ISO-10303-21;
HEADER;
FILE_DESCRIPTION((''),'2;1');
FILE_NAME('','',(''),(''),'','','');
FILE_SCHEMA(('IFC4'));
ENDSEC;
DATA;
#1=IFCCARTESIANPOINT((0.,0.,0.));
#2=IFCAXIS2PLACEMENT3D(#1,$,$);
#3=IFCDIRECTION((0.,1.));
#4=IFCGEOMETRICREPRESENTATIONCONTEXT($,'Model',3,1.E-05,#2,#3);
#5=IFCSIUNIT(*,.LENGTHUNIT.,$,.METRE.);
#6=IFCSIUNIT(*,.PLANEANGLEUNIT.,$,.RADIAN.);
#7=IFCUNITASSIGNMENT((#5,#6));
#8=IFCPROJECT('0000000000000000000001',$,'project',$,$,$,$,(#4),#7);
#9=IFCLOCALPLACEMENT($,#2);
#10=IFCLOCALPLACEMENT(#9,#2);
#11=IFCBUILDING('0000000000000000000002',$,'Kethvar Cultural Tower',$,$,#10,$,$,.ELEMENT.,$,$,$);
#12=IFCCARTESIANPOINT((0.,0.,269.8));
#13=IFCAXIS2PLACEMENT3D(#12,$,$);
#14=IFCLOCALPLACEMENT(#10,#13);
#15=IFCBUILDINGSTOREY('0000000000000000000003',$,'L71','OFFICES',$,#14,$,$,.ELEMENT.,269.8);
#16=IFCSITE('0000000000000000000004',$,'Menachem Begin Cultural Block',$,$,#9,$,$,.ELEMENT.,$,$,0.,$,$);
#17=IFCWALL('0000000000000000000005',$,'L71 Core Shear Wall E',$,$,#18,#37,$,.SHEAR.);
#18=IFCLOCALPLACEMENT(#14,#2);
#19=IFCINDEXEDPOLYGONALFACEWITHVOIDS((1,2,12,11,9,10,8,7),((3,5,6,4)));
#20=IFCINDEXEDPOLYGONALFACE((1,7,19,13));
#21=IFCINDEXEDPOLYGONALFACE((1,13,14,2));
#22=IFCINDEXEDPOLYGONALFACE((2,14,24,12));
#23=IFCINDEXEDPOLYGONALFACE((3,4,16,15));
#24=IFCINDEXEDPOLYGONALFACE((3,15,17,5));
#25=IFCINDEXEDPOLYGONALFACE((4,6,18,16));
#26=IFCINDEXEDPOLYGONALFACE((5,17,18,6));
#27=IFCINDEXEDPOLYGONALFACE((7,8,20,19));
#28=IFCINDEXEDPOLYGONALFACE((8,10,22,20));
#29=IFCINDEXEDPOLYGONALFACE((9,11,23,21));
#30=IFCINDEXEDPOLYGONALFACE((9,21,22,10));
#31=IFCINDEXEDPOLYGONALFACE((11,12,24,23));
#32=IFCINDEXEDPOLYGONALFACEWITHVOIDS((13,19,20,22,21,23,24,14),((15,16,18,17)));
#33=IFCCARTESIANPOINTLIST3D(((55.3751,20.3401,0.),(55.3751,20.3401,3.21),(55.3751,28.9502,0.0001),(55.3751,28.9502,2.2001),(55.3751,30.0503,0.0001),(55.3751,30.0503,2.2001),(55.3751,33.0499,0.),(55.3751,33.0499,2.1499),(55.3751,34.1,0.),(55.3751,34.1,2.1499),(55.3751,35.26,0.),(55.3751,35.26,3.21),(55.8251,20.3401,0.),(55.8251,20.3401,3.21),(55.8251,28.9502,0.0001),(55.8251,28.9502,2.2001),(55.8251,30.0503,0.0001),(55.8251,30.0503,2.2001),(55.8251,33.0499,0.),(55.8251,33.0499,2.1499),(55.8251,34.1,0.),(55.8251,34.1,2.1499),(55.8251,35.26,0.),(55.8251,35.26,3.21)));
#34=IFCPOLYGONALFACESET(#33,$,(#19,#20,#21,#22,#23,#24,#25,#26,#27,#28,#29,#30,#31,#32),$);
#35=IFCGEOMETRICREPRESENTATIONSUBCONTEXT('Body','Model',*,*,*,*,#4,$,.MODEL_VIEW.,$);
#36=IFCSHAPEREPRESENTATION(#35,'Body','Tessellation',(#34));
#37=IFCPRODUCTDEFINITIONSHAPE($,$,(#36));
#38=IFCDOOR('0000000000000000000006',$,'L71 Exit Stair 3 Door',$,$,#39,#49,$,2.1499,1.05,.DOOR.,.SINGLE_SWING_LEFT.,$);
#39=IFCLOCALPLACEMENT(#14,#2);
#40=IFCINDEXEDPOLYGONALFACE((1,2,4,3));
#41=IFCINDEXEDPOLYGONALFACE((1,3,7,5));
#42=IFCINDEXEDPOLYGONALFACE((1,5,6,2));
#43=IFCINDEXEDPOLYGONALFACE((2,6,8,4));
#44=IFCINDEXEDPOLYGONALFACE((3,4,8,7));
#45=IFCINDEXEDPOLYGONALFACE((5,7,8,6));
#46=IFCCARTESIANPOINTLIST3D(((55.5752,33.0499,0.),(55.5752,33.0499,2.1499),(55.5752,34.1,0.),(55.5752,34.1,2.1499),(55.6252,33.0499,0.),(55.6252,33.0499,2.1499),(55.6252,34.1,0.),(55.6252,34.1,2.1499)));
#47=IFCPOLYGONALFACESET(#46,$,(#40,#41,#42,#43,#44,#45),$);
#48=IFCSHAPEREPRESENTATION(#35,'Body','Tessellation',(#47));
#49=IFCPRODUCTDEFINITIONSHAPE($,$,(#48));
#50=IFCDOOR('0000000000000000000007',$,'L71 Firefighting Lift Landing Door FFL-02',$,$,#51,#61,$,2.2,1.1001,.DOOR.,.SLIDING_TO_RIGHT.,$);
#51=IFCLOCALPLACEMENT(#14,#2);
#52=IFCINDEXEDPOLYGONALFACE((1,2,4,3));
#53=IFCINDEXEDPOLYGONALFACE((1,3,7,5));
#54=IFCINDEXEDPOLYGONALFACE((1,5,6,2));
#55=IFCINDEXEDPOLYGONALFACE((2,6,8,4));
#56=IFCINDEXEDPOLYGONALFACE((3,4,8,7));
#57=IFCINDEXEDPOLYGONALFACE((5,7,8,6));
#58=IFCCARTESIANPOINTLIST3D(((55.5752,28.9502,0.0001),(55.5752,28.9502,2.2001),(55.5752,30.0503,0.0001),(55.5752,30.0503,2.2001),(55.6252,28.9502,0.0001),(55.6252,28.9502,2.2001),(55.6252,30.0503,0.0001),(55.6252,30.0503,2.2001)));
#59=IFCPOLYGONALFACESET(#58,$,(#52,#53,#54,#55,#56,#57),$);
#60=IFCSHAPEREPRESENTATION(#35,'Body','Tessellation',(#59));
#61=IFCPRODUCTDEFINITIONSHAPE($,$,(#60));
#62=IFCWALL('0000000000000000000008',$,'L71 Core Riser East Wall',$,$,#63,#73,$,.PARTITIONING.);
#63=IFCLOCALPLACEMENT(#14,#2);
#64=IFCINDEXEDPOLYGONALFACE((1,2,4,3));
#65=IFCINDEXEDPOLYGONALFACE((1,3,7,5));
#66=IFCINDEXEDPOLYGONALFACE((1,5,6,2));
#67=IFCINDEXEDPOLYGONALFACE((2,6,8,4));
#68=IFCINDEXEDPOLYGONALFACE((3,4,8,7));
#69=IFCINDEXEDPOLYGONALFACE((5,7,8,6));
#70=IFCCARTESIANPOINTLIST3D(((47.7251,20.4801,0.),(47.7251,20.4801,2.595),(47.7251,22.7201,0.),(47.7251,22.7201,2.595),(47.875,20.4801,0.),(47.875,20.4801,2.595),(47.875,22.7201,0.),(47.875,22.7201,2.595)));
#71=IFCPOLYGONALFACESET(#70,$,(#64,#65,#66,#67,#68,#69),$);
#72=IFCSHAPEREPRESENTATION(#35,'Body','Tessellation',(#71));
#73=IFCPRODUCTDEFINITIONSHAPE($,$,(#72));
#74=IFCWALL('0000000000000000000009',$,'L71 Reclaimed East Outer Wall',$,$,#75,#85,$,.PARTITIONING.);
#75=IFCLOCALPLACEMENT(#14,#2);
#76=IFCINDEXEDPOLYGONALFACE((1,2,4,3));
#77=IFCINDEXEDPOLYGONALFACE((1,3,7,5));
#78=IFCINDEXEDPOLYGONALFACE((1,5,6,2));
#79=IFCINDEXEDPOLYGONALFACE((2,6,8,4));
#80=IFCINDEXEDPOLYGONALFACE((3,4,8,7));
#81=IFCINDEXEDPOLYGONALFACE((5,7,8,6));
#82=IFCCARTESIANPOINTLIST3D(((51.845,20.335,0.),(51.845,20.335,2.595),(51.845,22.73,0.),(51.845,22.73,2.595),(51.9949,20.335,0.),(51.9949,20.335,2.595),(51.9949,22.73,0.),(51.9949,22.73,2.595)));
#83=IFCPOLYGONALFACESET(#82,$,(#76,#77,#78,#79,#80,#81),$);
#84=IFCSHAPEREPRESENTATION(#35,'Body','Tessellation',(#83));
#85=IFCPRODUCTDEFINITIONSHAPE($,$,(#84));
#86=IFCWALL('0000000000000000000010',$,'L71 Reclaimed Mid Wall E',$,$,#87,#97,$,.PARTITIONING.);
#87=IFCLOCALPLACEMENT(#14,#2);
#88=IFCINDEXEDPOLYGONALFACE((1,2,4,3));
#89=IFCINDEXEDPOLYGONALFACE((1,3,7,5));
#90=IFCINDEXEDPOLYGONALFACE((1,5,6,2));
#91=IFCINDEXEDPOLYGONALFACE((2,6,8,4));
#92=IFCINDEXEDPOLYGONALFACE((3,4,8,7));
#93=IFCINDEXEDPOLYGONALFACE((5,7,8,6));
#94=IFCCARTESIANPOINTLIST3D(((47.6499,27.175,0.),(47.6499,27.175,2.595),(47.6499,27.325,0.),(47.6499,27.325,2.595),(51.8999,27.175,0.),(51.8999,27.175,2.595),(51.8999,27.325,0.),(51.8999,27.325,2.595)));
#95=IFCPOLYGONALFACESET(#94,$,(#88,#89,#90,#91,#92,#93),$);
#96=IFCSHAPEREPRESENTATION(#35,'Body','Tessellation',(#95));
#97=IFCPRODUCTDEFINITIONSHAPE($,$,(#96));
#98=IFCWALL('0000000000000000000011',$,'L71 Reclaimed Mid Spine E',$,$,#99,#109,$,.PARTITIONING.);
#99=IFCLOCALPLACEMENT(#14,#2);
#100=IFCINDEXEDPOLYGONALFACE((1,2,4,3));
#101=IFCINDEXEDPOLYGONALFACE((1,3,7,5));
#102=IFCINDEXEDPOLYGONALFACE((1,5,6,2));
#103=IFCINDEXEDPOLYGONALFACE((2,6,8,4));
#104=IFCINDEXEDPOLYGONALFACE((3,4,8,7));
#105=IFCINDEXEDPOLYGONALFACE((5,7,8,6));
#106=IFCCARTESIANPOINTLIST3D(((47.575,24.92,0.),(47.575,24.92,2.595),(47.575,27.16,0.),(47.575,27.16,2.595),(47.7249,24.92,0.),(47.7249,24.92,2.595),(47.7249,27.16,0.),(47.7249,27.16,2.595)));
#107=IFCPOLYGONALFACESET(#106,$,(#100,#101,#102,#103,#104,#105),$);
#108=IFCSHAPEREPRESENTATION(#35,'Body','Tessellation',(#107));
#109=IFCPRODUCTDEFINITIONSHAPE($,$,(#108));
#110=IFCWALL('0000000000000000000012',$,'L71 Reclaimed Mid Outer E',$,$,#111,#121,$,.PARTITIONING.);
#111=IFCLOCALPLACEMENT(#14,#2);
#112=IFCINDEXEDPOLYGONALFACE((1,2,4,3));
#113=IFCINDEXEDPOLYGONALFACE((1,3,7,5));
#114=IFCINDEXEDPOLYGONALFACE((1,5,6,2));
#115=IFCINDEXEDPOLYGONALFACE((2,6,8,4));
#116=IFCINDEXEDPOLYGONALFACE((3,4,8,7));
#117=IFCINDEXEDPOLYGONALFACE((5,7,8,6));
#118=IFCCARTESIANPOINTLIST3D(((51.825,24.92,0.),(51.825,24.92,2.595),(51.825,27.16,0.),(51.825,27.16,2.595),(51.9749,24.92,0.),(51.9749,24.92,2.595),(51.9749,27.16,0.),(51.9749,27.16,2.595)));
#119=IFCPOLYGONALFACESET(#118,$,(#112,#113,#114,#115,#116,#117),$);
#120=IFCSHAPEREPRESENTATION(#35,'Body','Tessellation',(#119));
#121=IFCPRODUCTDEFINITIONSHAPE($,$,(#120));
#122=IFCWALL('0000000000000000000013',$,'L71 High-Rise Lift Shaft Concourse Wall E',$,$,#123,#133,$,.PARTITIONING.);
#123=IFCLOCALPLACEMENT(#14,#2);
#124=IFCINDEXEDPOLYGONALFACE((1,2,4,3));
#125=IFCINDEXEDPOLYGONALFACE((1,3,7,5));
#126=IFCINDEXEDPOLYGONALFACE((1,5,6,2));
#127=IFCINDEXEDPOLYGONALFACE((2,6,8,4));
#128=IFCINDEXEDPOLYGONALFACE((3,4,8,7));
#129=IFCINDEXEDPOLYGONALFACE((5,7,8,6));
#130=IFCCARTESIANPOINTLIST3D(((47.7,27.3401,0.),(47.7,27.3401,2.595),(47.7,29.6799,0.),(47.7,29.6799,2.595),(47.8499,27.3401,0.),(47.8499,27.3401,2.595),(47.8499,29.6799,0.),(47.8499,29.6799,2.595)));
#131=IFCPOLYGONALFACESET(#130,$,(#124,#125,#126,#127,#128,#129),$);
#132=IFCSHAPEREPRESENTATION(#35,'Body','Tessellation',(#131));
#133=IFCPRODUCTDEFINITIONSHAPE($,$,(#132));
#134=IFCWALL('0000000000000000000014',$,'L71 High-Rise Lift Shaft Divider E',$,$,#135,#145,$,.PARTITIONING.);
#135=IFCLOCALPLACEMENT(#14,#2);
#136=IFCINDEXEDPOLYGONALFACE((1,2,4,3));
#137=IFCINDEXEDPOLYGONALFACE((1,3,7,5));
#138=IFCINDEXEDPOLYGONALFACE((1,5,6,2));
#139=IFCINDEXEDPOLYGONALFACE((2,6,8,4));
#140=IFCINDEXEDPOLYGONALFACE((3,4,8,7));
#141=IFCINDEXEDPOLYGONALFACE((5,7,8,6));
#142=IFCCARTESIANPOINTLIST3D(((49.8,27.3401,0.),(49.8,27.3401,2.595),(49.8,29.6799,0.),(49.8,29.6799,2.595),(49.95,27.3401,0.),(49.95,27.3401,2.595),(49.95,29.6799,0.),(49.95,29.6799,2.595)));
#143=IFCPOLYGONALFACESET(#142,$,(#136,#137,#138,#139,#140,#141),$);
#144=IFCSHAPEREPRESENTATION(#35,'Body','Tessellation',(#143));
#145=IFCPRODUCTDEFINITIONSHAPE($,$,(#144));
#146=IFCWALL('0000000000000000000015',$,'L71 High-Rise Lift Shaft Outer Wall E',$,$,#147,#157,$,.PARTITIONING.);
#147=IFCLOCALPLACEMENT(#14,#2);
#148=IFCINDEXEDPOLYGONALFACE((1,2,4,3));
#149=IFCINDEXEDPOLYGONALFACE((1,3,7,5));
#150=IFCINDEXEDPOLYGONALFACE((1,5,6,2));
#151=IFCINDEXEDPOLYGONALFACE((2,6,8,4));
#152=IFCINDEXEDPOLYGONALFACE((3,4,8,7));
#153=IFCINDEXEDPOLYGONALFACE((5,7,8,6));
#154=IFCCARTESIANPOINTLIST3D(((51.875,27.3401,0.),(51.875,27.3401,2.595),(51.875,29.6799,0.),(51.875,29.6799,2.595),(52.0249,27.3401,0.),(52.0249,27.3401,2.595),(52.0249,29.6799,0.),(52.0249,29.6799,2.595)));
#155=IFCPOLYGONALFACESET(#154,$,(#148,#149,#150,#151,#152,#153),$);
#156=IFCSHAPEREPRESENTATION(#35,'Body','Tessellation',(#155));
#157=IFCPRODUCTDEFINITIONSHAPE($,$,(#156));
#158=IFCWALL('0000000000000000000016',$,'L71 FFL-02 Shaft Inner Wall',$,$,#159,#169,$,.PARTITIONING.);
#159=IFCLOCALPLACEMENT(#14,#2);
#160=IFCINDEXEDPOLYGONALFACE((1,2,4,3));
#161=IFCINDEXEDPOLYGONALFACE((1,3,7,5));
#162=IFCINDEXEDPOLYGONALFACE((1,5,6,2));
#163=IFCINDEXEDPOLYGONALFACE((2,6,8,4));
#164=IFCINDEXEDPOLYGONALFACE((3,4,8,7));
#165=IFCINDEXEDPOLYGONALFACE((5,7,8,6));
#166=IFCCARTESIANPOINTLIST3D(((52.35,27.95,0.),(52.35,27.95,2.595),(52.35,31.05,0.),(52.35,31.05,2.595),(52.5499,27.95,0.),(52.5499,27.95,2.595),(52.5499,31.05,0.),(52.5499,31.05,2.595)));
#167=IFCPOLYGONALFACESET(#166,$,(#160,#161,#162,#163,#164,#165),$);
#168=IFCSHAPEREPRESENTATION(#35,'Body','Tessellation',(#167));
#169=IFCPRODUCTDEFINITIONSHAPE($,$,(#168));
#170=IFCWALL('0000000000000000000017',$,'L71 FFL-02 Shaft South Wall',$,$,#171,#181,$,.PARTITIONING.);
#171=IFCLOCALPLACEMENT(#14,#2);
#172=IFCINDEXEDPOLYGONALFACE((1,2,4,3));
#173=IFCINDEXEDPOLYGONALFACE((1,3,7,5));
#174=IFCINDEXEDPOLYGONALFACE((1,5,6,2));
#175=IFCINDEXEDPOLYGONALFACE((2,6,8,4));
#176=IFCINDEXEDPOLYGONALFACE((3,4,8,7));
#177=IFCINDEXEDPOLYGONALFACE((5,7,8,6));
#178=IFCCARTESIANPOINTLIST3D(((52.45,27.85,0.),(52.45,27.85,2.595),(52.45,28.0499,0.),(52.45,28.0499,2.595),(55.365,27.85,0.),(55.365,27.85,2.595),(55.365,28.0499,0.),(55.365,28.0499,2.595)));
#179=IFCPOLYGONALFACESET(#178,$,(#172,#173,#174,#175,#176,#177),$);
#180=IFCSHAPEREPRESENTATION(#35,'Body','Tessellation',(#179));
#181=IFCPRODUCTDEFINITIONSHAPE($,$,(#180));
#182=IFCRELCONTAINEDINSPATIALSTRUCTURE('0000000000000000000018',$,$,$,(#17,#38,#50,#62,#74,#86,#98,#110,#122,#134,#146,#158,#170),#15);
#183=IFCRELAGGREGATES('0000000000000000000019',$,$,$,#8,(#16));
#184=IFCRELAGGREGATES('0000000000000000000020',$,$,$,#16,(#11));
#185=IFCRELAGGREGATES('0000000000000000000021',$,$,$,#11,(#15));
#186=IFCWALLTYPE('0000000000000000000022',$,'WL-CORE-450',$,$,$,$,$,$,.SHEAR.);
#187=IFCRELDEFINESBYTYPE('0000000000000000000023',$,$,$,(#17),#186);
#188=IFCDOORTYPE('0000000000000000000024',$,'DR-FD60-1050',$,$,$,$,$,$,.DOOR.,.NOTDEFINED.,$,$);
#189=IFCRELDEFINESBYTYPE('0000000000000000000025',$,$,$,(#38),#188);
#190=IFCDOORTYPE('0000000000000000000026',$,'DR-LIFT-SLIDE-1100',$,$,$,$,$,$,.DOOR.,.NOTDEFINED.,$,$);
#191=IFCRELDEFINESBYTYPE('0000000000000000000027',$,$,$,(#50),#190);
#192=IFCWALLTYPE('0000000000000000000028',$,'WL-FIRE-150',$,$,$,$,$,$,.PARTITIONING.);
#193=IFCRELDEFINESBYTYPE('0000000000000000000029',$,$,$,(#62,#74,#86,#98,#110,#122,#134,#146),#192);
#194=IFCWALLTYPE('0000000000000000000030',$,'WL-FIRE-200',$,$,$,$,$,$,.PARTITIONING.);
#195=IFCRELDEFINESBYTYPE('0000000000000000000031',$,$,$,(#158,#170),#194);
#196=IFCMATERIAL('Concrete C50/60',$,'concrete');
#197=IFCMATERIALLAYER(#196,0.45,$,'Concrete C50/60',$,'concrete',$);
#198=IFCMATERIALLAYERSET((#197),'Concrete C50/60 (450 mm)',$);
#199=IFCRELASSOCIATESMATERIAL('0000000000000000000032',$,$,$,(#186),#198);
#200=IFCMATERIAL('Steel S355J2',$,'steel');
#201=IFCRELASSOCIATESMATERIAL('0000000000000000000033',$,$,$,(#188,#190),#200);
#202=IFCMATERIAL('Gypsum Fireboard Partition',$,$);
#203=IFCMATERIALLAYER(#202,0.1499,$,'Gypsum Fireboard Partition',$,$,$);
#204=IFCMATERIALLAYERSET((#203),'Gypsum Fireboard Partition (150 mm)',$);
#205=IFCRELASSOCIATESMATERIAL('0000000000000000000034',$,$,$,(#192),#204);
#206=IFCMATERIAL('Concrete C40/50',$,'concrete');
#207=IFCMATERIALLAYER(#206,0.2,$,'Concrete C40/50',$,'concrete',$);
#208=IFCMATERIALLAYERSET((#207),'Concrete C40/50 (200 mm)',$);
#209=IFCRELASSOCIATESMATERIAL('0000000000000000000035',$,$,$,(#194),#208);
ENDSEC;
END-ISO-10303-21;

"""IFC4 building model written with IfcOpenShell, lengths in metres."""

from ifc_helpers import new_model, si_unit, direction, frame, frame_2d, origin, place, context, subcontext, project, spatial, rectangle, extrude, source, transform, mapped, material, layer, layer_set, type_object, element, fill, save


model = new_model("IFC4")

# Units and contexts
model_context = context("Model", 3, precision=1e-05, world=origin(), true_north=direction((0.0, 1.0)))
body_context = subcontext(model_context, "Body", "Model", "MODEL_VIEW")
ifc_project = project(units=[si_unit("LENGTHUNIT", "METRE"), si_unit("PLANEANGLEUNIT", "RADIAN")], contexts=[model_context])

# Site, building, storey
site_placement = place(None, origin())
site = spatial("IfcSite", under=ifc_project, at=site_placement, Name="Menachem Begin Cultural Block", CompositionType="ELEMENT", RefElevation=0.0)
building_placement = place(site_placement, origin())
building = spatial("IfcBuilding", under=site, at=building_placement, Name="Kethvar Cultural Tower", CompositionType="ELEMENT")
storey_placement = place(building_placement, frame((0.0, 0.0, 269.8)))
storey = spatial("IfcBuildingStorey", under=building, at=storey_placement, Name="L71", Description="OFFICES", CompositionType="ELEMENT", Elevation=269.8)

# Wall, openings, doors
ifc_material_1 = material(Name="Concrete C50/60", Category="concrete")
ifc_layer_1 = layer(ifc_material_1, 0.45, Name="Concrete C50/60", Category="concrete")
ifc_layer_set_1 = layer_set([ifc_layer_1], Name="Concrete C50/60 (450 mm)")
wall_type_1 = type_object("IfcWallType", Name="WL-CORE-450", PredefinedType="SHEAR", material=ifc_layer_set_1)
wall_1_placement = place(storey_placement, frame((55.6001, 20.3401, 0.0), z_axis=(0.0, 0.0, 1.0), x_axis=(0.0, 1.0, 0.0)))
wall_1 = element("IfcWall", 1, at=wall_1_placement, inside=storey, type_object=wall_type_1, Name="L71 Core Shear Wall E", PredefinedType="SHEAR", context=body_context, shape_type="SweptSolid", body=[
    extrude(rectangle(XDim=14.9199, YDim=0.45, at=frame_2d((7.46, 0.0))), origin(), (0.0, 0.0, 1.0), 3.21),
])
opening_1_placement = place(wall_1_placement, frame((12.71, 0.0, 0.0)))
opening_1 = element("IfcOpeningElement", 2, at=opening_1_placement, cuts=wall_1, PredefinedType="OPENING", context=body_context, shape_type="SweptSolid", body=[
    extrude(rectangle(XDim=1.05, YDim=2.1499, at=frame_2d((0.5249, 1.075))), frame((0.0, 0.2349, 0.0), z_axis=(0.0, -1.0, 0.0), x_axis=(1.0, 0.0, 0.0)), (0.0, 0.0, 1.0), 0.47),
])
opening_2_placement = place(wall_1_placement, frame((8.6101, 0.0, 0.0)))
opening_2 = element("IfcOpeningElement", 3, at=opening_2_placement, cuts=wall_1, PredefinedType="OPENING", context=body_context, shape_type="SweptSolid", body=[
    extrude(rectangle(XDim=1.1001, YDim=2.2, at=frame_2d((0.55, 1.1001))), frame((0.0, 0.2349, 0.0), z_axis=(0.0, -1.0, 0.0), x_axis=(1.0, 0.0, 0.0)), (0.0, 0.0, 1.0), 0.47),
])
ifc_material_2 = material(Name="Steel S355J2", Category="steel")
door_type_1 = type_object("IfcDoorType", Name="DR-FD60-1050", OperationType="NOTDEFINED", PredefinedType="DOOR", material=ifc_material_2)
shared_shape_1 = source(origin(), body_context, "Body", "SweptSolid", [
    extrude(rectangle(XDim=1.05, YDim=2.1499, at=frame_2d((0.5249, 1.075))), frame((0.0, 0.0249, 0.0), z_axis=(0.0, -1.0, 0.0), x_axis=(1.0, 0.0, 0.0)), (0.0, 0.0, 1.0), 0.05),
])
door_1_placement = place(opening_1_placement, origin())
door_1 = element("IfcDoor", 4, at=door_1_placement, inside=storey, type_object=door_type_1, Name="L71 Exit Stair 3 Door", OperationType="SINGLE_SWING_LEFT", OverallHeight=2.1499, OverallWidth=1.05, PredefinedType="DOOR", context=body_context, shape_type="MappedRepresentation", body=[
    mapped(shared_shape_1, transform((0.0, 0.0, 0.0), scale=1.0)),
])
fill(opening_1, door_1)
door_type_2 = type_object("IfcDoorType", Name="DR-LIFT-SLIDE-1100", OperationType="NOTDEFINED", PredefinedType="DOOR", material=ifc_material_2)
shared_shape_2 = source(origin(), body_context, "Body", "SweptSolid", [
    extrude(rectangle(XDim=1.1001, YDim=2.2, at=frame_2d((0.55, 1.1001))), frame((0.0, 0.0249, 0.0), z_axis=(0.0, -1.0, 0.0), x_axis=(1.0, 0.0, 0.0)), (0.0, 0.0, 1.0), 0.05),
])
door_2_placement = place(opening_2_placement, origin())
door_2 = element("IfcDoor", 5, at=door_2_placement, inside=storey, type_object=door_type_2, Name="L71 Firefighting Lift Landing Door FFL-02", OperationType="SLIDING_TO_RIGHT", OverallHeight=2.2, OverallWidth=1.1001, PredefinedType="DOOR", context=body_context, shape_type="MappedRepresentation", body=[
    mapped(shared_shape_2, transform((0.0, 0.0, 0.0), scale=1.0)),
])
fill(opening_2, door_2)

# Walls
ifc_material_3 = material(Name="Gypsum Fireboard Partition")
ifc_layer_2 = layer(ifc_material_3, 0.1499, Name="Gypsum Fireboard Partition")
ifc_layer_set_2 = layer_set([ifc_layer_2], Name="Gypsum Fireboard Partition (150 mm)")
wall_type_2 = type_object("IfcWallType", Name="WL-FIRE-150", PredefinedType="PARTITIONING", material=ifc_layer_set_2)
wall_2_placement = place(storey_placement, frame((47.8, 20.48, 0.0), z_axis=(0.0, 0.0, 1.0), x_axis=(0.0, 1.0, 0.0)))
element("IfcWall", 6, at=wall_2_placement, inside=storey, type_object=wall_type_2, Name="L71 Core Riser East Wall", PredefinedType="PARTITIONING", context=body_context, shape_type="SweptSolid", body=[
    extrude(rectangle(XDim=2.24, YDim=0.1499, at=frame_2d((1.1201, 0.0))), origin(), (0.0, 0.0, 1.0), 2.595),
])
wall_3_placement = place(storey_placement, frame((51.9199, 20.335, 0.0), z_axis=(0.0, 0.0, 1.0), x_axis=(0.0, 1.0, 0.0)))
element("IfcWall", 7, at=wall_3_placement, inside=storey, type_object=wall_type_2, Name="L71 Reclaimed East Outer Wall", PredefinedType="PARTITIONING", context=body_context, shape_type="SweptSolid", body=[
    extrude(rectangle(XDim=2.395, YDim=0.1499, at=frame_2d((1.1975, 0.0))), origin(), (0.0, 0.0, 1.0), 2.595),
])
wall_4_placement = place(storey_placement, frame((47.6499, 27.25, 0.0), z_axis=(0.0, 0.0, 1.0), x_axis=(1.0, 0.0, 0.0)))
element("IfcWall", 8, at=wall_4_placement, inside=storey, type_object=wall_type_2, Name="L71 Reclaimed Mid Wall E", PredefinedType="PARTITIONING", context=body_context, shape_type="SweptSolid", body=[
    extrude(rectangle(XDim=4.25, YDim=0.1499, at=frame_2d((2.125, 0.0))), origin(), (0.0, 0.0, 1.0), 2.595),
])
for number, where, z_axis, x_axis, name in (
    (9, (47.6499, 24.9199, 0.0), (0.0, 0.0, 1.0), (0.0, 1.0, 0.0), "L71 Reclaimed Mid Spine E"),
    (10, (51.8999, 24.9199, 0.0), (0.0, 0.0, 1.0), (0.0, 1.0, 0.0), "L71 Reclaimed Mid Outer E"),
):
    element("IfcWall", number, at=place(storey_placement, frame(where, z_axis=z_axis, x_axis=x_axis)), inside=storey, type_object=wall_type_2, Name=name, PredefinedType="PARTITIONING", context=body_context, shape_type="SweptSolid", body=[
        extrude(rectangle(XDim=2.24, YDim=0.1499, at=frame_2d((1.1201, 0.0))), origin(), (0.0, 0.0, 1.0), 2.595),
    ])
for number, where, z_axis, x_axis, name in (
    (11, (47.7749, 27.3401, 0.0), (0.0, 0.0, 1.0), (0.0, 1.0, 0.0), "L71 High-Rise Lift Shaft Concourse Wall E"),
    (12, (49.875, 27.3401, 0.0), (0.0, 0.0, 1.0), (0.0, 1.0, 0.0), "L71 High-Rise Lift Shaft Divider E"),
    (13, (51.95, 27.3401, 0.0), (0.0, 0.0, 1.0), (0.0, 1.0, 0.0), "L71 High-Rise Lift Shaft Outer Wall E"),
):
    element("IfcWall", number, at=place(storey_placement, frame(where, z_axis=z_axis, x_axis=x_axis)), inside=storey, type_object=wall_type_2, Name=name, PredefinedType="PARTITIONING", context=body_context, shape_type="SweptSolid", body=[
        extrude(rectangle(XDim=2.3398, YDim=0.1499, at=frame_2d((1.1699, 0.0))), origin(), (0.0, 0.0, 1.0), 2.595),
    ])
ifc_material_4 = material(Name="Concrete C40/50", Category="concrete")
ifc_layer_3 = layer(ifc_material_4, 0.2, Name="Concrete C40/50", Category="concrete")
ifc_layer_set_3 = layer_set([ifc_layer_3], Name="Concrete C40/50 (200 mm)")
wall_type_3 = type_object("IfcWallType", Name="WL-FIRE-200", PredefinedType="PARTITIONING", material=ifc_layer_set_3)
wall_5_placement = place(storey_placement, frame((52.45, 27.95, 0.0), z_axis=(0.0, 0.0, 1.0), x_axis=(0.0, 1.0, 0.0)))
element("IfcWall", 14, at=wall_5_placement, inside=storey, type_object=wall_type_3, Name="L71 FFL-02 Shaft Inner Wall", PredefinedType="PARTITIONING", context=body_context, shape_type="SweptSolid", body=[
    extrude(rectangle(XDim=3.1001, YDim=0.2, at=frame_2d((1.55, 0.0))), origin(), (0.0, 0.0, 1.0), 2.595),
])
wall_6_placement = place(storey_placement, frame((52.45, 27.95, 0.0), z_axis=(0.0, 0.0, 1.0), x_axis=(1.0, 0.0, 0.0)))
element("IfcWall", 15, at=wall_6_placement, inside=storey, type_object=wall_type_3, Name="L71 FFL-02 Shaft South Wall", PredefinedType="PARTITIONING", context=body_context, shape_type="SweptSolid", body=[
    extrude(rectangle(XDim=2.915, YDim=0.2, at=frame_2d((1.4575, 0.0))), origin(), (0.0, 0.0, 1.0), 2.595),
])

save(model, "model.ifc")
